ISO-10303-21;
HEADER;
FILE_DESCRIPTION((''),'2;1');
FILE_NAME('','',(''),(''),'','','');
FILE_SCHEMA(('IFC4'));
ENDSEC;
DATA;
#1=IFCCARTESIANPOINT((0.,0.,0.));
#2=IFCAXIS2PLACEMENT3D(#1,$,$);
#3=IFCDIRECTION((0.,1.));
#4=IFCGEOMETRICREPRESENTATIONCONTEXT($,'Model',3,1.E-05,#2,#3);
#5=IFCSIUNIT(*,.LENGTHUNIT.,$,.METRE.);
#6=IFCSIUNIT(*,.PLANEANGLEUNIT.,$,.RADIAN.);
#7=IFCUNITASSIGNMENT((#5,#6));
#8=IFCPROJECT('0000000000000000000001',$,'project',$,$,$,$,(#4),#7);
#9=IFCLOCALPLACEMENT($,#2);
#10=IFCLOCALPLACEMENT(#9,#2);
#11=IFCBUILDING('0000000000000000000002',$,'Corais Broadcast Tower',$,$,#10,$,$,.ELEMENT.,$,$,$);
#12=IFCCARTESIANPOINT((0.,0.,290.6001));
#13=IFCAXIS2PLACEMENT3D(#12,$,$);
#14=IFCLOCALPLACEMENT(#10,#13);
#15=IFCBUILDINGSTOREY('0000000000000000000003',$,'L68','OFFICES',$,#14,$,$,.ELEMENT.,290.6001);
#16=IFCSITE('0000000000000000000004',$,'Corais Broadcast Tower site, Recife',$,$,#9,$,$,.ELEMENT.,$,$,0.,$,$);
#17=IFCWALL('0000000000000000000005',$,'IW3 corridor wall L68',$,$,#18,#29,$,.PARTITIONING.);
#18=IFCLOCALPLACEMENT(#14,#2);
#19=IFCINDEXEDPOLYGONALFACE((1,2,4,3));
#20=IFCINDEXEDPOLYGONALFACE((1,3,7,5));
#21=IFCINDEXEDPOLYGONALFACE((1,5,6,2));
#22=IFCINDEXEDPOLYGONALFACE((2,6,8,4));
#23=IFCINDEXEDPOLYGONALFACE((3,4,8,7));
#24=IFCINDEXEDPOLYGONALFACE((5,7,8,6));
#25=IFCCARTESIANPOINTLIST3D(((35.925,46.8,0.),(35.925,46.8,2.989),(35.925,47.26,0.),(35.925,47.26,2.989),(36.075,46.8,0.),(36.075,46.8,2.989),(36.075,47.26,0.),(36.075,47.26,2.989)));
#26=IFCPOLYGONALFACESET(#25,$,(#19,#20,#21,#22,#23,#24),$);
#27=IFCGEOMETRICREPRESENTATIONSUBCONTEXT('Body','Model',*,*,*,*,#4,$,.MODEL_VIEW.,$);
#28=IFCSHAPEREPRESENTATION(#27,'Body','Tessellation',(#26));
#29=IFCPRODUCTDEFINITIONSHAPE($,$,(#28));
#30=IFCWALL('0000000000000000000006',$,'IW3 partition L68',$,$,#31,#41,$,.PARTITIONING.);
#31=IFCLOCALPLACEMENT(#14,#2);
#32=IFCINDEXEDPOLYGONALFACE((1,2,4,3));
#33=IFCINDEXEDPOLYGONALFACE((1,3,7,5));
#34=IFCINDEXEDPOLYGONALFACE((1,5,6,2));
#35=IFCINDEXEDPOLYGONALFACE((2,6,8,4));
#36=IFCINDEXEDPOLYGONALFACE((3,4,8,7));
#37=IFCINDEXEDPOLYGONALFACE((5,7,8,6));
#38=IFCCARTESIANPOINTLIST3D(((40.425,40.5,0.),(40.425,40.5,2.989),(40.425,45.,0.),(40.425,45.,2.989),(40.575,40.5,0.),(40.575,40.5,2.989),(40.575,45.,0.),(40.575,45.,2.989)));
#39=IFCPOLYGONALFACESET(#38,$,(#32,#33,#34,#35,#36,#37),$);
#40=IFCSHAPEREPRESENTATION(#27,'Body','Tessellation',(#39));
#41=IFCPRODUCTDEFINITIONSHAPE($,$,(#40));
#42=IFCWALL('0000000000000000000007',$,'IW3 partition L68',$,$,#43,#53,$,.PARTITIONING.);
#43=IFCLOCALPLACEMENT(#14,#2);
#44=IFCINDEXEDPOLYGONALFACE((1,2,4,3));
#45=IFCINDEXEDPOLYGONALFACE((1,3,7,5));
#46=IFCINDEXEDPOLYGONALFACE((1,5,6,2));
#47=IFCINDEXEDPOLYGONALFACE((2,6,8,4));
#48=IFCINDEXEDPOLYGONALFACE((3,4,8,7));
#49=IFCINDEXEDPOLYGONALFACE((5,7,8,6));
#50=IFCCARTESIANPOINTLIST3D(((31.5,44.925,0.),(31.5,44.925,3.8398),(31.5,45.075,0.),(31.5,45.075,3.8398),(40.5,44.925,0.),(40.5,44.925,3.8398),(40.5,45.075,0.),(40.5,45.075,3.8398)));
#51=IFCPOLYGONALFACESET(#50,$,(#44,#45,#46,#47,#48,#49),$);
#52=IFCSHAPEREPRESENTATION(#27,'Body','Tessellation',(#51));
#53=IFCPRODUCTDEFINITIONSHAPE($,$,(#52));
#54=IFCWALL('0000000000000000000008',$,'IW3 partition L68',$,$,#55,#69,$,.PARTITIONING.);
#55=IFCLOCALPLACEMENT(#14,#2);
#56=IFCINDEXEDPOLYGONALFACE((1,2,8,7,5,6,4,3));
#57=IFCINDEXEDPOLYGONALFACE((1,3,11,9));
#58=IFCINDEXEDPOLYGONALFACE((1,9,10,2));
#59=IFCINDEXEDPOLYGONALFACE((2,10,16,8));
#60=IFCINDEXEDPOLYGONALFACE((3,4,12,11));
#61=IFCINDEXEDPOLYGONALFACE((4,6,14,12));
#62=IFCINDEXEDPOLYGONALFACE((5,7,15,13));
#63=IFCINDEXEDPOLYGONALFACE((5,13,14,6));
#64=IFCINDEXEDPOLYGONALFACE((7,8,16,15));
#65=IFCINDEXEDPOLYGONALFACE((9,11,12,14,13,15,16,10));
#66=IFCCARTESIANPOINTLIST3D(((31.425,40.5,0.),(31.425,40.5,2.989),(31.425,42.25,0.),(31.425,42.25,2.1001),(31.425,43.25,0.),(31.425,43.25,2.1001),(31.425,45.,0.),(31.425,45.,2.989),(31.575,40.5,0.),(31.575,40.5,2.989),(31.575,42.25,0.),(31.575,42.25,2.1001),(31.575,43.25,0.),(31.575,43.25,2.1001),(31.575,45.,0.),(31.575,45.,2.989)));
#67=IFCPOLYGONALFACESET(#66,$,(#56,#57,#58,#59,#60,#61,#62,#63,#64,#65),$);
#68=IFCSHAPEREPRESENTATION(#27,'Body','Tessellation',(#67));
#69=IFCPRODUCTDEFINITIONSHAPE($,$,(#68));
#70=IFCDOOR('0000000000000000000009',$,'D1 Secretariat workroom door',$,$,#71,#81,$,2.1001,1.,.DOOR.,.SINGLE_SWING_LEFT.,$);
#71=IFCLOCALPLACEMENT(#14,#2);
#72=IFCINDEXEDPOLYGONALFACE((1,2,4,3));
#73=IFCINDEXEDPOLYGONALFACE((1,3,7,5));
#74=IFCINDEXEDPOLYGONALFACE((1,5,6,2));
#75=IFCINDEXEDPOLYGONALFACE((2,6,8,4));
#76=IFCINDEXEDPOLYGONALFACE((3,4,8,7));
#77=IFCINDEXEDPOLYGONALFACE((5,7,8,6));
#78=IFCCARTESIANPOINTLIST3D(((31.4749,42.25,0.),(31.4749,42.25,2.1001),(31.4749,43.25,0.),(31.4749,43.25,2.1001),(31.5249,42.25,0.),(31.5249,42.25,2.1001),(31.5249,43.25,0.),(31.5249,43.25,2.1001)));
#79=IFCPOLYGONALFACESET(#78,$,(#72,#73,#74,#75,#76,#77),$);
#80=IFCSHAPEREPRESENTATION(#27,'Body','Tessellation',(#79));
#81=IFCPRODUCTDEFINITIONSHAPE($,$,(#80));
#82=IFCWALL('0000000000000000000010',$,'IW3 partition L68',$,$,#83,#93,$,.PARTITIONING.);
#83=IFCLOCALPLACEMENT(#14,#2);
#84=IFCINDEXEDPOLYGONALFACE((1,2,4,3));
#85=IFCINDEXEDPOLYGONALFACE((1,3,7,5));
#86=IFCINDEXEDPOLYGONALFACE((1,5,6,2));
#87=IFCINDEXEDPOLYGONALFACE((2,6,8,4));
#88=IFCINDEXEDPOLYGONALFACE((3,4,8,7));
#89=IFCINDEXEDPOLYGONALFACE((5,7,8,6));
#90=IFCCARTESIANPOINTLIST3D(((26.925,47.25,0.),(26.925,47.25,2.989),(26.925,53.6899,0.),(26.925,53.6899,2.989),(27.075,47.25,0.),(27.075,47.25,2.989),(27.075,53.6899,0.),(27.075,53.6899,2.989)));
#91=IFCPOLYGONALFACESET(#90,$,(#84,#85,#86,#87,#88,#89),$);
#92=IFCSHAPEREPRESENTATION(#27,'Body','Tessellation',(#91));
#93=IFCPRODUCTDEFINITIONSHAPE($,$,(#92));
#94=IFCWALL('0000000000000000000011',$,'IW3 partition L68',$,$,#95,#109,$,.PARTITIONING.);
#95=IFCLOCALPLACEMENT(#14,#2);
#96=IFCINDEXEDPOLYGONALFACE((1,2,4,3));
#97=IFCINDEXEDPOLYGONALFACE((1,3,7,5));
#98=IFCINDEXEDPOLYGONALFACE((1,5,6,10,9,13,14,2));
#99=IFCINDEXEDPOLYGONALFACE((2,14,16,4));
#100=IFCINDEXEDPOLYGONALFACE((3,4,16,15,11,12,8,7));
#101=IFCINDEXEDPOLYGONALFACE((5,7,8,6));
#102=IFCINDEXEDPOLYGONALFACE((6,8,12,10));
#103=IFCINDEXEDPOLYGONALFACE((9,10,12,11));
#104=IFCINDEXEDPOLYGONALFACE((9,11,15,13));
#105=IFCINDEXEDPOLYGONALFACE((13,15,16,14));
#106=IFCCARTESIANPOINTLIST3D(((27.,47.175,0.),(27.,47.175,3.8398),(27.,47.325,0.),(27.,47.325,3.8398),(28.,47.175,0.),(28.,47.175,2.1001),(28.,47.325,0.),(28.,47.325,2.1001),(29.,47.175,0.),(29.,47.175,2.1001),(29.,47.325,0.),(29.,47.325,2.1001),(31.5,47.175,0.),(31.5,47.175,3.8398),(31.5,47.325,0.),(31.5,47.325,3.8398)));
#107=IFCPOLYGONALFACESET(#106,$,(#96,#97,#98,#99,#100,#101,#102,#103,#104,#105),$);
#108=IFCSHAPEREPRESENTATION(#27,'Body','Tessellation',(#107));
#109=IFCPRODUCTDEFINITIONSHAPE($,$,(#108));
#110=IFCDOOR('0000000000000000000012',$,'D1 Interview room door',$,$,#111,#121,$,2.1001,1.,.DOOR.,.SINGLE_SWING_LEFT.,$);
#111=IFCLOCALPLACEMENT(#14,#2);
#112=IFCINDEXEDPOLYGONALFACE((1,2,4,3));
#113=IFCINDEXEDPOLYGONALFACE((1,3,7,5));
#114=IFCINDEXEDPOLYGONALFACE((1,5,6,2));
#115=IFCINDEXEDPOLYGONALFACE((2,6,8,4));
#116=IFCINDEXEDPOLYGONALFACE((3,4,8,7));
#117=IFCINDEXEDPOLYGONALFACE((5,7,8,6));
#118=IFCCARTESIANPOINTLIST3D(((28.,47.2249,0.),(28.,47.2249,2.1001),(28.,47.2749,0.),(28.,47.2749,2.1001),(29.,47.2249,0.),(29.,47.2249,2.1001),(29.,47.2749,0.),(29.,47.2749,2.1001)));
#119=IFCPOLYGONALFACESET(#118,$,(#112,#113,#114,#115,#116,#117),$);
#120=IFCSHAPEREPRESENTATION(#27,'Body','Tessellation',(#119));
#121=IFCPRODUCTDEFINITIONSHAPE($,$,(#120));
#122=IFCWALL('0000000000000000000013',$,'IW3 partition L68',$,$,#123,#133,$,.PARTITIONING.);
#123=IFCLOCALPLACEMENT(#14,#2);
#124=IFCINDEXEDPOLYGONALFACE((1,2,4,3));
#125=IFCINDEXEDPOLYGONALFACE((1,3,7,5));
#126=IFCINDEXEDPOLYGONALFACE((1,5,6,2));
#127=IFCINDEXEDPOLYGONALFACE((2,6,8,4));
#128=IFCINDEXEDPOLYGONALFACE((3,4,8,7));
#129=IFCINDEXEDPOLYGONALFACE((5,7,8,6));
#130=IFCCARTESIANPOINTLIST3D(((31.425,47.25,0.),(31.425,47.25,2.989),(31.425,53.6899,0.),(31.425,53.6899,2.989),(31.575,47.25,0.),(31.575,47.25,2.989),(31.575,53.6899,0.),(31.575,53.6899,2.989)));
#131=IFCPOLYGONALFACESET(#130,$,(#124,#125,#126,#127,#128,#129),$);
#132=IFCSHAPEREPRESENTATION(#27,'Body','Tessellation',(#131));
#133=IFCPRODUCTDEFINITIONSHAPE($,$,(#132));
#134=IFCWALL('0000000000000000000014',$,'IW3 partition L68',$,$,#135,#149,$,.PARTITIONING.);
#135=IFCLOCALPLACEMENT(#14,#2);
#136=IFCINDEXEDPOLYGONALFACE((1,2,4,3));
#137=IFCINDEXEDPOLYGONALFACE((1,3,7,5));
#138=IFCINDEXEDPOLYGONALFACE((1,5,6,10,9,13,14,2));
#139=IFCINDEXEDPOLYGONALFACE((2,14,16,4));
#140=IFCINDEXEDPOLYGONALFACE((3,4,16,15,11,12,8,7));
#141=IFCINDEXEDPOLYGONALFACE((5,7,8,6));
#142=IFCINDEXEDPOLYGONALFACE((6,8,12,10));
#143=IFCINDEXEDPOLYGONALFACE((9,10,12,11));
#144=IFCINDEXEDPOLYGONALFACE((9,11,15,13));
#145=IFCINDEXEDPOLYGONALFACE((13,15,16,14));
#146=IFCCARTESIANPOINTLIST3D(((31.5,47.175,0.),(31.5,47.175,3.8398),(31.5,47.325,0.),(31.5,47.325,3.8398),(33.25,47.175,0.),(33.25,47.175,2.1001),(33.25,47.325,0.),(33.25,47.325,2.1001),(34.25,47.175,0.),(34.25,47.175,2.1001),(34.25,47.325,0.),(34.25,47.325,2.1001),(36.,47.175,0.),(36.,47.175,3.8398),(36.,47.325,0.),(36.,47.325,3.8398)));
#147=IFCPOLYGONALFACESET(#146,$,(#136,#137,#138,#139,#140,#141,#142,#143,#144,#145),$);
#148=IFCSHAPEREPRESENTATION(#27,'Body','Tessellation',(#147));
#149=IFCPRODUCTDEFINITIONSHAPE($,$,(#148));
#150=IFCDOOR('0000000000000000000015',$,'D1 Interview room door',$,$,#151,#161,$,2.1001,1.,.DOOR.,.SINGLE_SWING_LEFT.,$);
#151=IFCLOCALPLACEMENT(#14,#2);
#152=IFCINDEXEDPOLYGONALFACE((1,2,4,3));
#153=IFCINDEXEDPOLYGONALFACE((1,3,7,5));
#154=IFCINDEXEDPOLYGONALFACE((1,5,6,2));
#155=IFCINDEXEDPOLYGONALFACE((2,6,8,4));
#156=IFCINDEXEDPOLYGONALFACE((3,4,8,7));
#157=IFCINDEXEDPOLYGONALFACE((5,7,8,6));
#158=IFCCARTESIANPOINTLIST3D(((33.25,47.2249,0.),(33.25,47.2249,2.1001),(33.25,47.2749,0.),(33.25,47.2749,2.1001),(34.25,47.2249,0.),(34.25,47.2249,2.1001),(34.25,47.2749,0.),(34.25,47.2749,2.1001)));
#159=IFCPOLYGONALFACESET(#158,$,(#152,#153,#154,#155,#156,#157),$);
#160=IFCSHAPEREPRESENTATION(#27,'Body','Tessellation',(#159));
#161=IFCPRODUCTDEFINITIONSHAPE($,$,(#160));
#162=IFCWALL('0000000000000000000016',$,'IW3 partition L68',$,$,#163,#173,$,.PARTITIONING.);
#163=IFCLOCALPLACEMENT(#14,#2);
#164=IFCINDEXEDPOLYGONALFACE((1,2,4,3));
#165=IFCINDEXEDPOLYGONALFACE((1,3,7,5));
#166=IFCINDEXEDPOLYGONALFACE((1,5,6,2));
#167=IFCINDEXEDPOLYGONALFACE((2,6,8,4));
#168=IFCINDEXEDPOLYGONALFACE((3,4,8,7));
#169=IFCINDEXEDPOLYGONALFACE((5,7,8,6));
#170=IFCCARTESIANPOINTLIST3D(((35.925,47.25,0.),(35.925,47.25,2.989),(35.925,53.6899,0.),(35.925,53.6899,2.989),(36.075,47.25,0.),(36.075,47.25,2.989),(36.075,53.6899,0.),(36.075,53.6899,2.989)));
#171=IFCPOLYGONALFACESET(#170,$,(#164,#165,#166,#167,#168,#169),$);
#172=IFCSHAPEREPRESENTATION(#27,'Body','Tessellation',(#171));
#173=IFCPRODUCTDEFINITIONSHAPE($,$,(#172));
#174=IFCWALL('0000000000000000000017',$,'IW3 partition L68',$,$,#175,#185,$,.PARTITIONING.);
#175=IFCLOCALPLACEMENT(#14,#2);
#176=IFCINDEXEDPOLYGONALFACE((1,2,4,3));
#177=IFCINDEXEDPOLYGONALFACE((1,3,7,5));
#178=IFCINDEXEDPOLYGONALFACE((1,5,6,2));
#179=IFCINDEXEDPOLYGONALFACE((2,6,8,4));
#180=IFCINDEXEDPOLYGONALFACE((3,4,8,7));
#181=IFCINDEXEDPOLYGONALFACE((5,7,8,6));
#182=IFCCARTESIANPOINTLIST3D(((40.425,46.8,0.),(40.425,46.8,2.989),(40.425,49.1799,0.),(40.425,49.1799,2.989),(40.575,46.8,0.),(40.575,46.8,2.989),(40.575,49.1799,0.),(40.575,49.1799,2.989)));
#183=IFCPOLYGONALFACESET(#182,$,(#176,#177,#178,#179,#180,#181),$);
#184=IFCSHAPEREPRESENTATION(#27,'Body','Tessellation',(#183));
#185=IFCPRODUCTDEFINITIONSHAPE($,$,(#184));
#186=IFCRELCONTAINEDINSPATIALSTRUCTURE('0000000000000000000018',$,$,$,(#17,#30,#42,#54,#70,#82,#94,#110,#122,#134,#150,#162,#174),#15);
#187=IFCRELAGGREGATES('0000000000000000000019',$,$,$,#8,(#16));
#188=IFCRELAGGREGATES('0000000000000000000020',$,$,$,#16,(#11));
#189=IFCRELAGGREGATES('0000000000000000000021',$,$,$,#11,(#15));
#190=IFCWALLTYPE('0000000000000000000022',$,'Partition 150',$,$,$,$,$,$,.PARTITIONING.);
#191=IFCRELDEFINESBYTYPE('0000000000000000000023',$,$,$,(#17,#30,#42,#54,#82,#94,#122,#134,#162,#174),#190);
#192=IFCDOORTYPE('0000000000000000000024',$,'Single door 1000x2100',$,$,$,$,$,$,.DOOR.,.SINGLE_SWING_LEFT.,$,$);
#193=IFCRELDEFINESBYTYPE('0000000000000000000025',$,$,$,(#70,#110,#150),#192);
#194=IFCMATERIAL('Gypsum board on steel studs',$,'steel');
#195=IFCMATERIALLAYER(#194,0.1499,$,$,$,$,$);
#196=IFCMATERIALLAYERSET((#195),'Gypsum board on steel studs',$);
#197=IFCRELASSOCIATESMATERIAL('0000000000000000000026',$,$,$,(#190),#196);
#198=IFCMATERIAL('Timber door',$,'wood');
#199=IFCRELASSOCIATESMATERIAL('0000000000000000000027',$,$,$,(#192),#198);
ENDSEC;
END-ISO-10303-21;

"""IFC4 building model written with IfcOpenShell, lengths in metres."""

from ifc_helpers import new_model, si_unit, direction, frame, frame_2d, origin, place, context, subcontext, project, spatial, rectangle, extrude, material, layer, layer_set, type_object, element, fill, save


model = new_model("IFC4")

# Units and contexts
model_context = context("Model", 3, precision=1e-05, world=origin(), true_north=direction((0.0, 1.0)))
body_context = subcontext(model_context, "Body", "Model", "MODEL_VIEW")
ifc_project = project(units=[si_unit("LENGTHUNIT", "METRE"), si_unit("PLANEANGLEUNIT", "RADIAN")], contexts=[model_context])

# Site, building, storey
site_placement = place(None, origin())
site = spatial("IfcSite", under=ifc_project, at=site_placement, Name="Corais Broadcast Tower site, Recife", CompositionType="ELEMENT", RefElevation=0.0)
building_placement = place(site_placement, origin())
building = spatial("IfcBuilding", under=site, at=building_placement, Name="Corais Broadcast Tower", CompositionType="ELEMENT")
storey_placement = place(building_placement, frame((0.0, 0.0, 290.6001)))
storey = spatial("IfcBuildingStorey", under=building, at=storey_placement, Name="L68", Description="OFFICES", CompositionType="ELEMENT", Elevation=290.6001)

# Shared definitions
ifc_material_1 = material(Name="Gypsum board on steel studs", Category="steel")
ifc_layer_1 = layer(ifc_material_1, 0.1499)
ifc_layer_set_1 = layer_set([ifc_layer_1], Name="Gypsum board on steel studs")
wall_type_1 = type_object("IfcWallType", Name="Partition 150", PredefinedType="PARTITIONING", material=ifc_layer_set_1)
ifc_material_2 = material(Name="Timber door", Category="wood")
door_type = type_object("IfcDoorType", Name="Single door 1000x2100", OperationType="SINGLE_SWING_LEFT", PredefinedType="DOOR", material=ifc_material_2)

# Walls
wall_1_placement = place(storey_placement, frame((36.0, 46.8, 0.0), z_axis=(0.0, 0.0, 1.0), x_axis=(0.0, 1.0, 0.0)))
element("IfcWall", 1, at=wall_1_placement, inside=storey, type_object=wall_type_1, Name="IW3 corridor wall L68", PredefinedType="PARTITIONING", context=body_context, shape_type="SweptSolid", body=[
    extrude(rectangle(XDim=0.46, YDim=0.1499, at=frame_2d((0.23, 0.0))), origin(), (0.0, 0.0, 1.0), 2.989),
])
wall_2_placement = place(storey_placement, frame((40.5, 40.5, 0.0), z_axis=(0.0, 0.0, 1.0), x_axis=(0.0, 1.0, 0.0)))
element("IfcWall", 2, at=wall_2_placement, inside=storey, type_object=wall_type_1, Name="IW3 partition L68", PredefinedType="PARTITIONING", context=body_context, shape_type="SweptSolid", body=[
    extrude(rectangle(XDim=4.5, YDim=0.1499, at=frame_2d((2.25, 0.0))), origin(), (0.0, 0.0, 1.0), 2.989),
])
wall_3_placement = place(storey_placement, frame((40.5, 45.0, 0.0), z_axis=(0.0, 0.0, 1.0), x_axis=(-1.0, 0.0, 0.0)))
element("IfcWall", 3, at=wall_3_placement, inside=storey, type_object=wall_type_1, Name="IW3 partition L68", PredefinedType="PARTITIONING", context=body_context, shape_type="SweptSolid", body=[
    extrude(rectangle(XDim=9.0, YDim=0.1499, at=frame_2d((4.5, 0.0))), origin(), (0.0, 0.0, 1.0), 3.8398),
])

# Wall, opening, door
wall_4_placement = place(storey_placement, frame((31.5, 45.0, 0.0), z_axis=(0.0, 0.0, 1.0), x_axis=(0.0, -1.0, 0.0)))
wall_4 = element("IfcWall", 4, at=wall_4_placement, inside=storey, type_object=wall_type_1, Name="IW3 partition L68", PredefinedType="PARTITIONING", context=body_context, shape_type="SweptSolid", body=[
    extrude(rectangle(XDim=4.5, YDim=0.1499, at=frame_2d((2.25, 0.0))), origin(), (0.0, 0.0, 1.0), 2.989),
])
opening_1_placement = place(wall_4_placement, frame((1.75, 0.0, 0.0)))
opening_1 = element("IfcOpeningElement", 5, at=opening_1_placement, cuts=wall_4, PredefinedType="OPENING", context=body_context, shape_type="SweptSolid", body=[
    extrude(rectangle(XDim=1.0, YDim=2.1001, at=frame_2d((0.5, 1.05))), frame((0.0, 0.085, 0.0), z_axis=(0.0, -1.0, 0.0), x_axis=(1.0, 0.0, 0.0)), (0.0, 0.0, 1.0), 0.1699),
])
door_1_placement = place(opening_1_placement, origin())
door_1 = element("IfcDoor", 6, at=door_1_placement, inside=storey, type_object=door_type, Name="D1 Secretariat workroom door", OperationType="SINGLE_SWING_LEFT", OverallHeight=2.1001, OverallWidth=1.0, PredefinedType="DOOR", context=body_context, shape_type="SweptSolid", body=[
    extrude(rectangle(XDim=1.0, YDim=2.1001, at=frame_2d((0.5, 1.05))), frame((0.0, 0.0249, 0.0), z_axis=(0.0, -1.0, 0.0), x_axis=(1.0, 0.0, 0.0)), (0.0, 0.0, 1.0), 0.05),
])
fill(opening_1, door_1)

# Wall
wall_5_placement = place(storey_placement, frame((27.0, 47.25, 0.0), z_axis=(0.0, 0.0, 1.0), x_axis=(0.0, 1.0, 0.0)))
element("IfcWall", 7, at=wall_5_placement, inside=storey, type_object=wall_type_1, Name="IW3 partition L68", PredefinedType="PARTITIONING", context=body_context, shape_type="SweptSolid", body=[
    extrude(rectangle(XDim=6.4399, YDim=0.1499, at=frame_2d((3.22, 0.0))), origin(), (0.0, 0.0, 1.0), 2.989),
])

# Wall, opening, door
wall_6_placement = place(storey_placement, frame((27.0, 47.25, 0.0), z_axis=(0.0, 0.0, 1.0), x_axis=(1.0, 0.0, 0.0)))
wall_6 = element("IfcWall", 8, at=wall_6_placement, inside=storey, type_object=wall_type_1, Name="IW3 partition L68", PredefinedType="PARTITIONING", context=body_context, shape_type="SweptSolid", body=[
    extrude(rectangle(XDim=4.5, YDim=0.1499, at=frame_2d((2.25, 0.0))), origin(), (0.0, 0.0, 1.0), 3.8398),
])
opening_2_placement = place(wall_6_placement, frame((1.0, 0.0, 0.0)))
opening_2 = element("IfcOpeningElement", 9, at=opening_2_placement, cuts=wall_6, PredefinedType="OPENING", context=body_context, shape_type="SweptSolid", body=[
    extrude(rectangle(XDim=1.0, YDim=2.1001, at=frame_2d((0.5, 1.05))), frame((0.0, 0.085, 0.0), z_axis=(0.0, -1.0, 0.0), x_axis=(1.0, 0.0, 0.0)), (0.0, 0.0, 1.0), 0.1699),
])
door_2_placement = place(opening_2_placement, origin())
door_2 = element("IfcDoor", 10, at=door_2_placement, inside=storey, type_object=door_type, Name="D1 Interview room door", OperationType="SINGLE_SWING_LEFT", OverallHeight=2.1001, OverallWidth=1.0, PredefinedType="DOOR", context=body_context, shape_type="SweptSolid", body=[
    extrude(rectangle(XDim=1.0, YDim=2.1001, at=frame_2d((0.5, 1.05))), frame((0.0, 0.0249, 0.0), z_axis=(0.0, -1.0, 0.0), x_axis=(1.0, 0.0, 0.0)), (0.0, 0.0, 1.0), 0.05),
])
fill(opening_2, door_2)

# Wall
wall_7_placement = place(storey_placement, frame((31.5, 47.25, 0.0), z_axis=(0.0, 0.0, 1.0), x_axis=(0.0, 1.0, 0.0)))
element("IfcWall", 11, at=wall_7_placement, inside=storey, type_object=wall_type_1, Name="IW3 partition L68", PredefinedType="PARTITIONING", context=body_context, shape_type="SweptSolid", body=[
    extrude(rectangle(XDim=6.4399, YDim=0.1499, at=frame_2d((3.22, 0.0))), origin(), (0.0, 0.0, 1.0), 2.989),
])

# Wall, opening, door
wall_8_placement = place(storey_placement, frame((31.5, 47.25, 0.0), z_axis=(0.0, 0.0, 1.0), x_axis=(1.0, 0.0, 0.0)))
wall_8 = element("IfcWall", 12, at=wall_8_placement, inside=storey, type_object=wall_type_1, Name="IW3 partition L68", PredefinedType="PARTITIONING", context=body_context, shape_type="SweptSolid", body=[
    extrude(rectangle(XDim=4.5, YDim=0.1499, at=frame_2d((2.25, 0.0))), origin(), (0.0, 0.0, 1.0), 3.8398),
])
opening_3_placement = place(wall_8_placement, frame((1.75, 0.0, 0.0)))
opening_3 = element("IfcOpeningElement", 13, at=opening_3_placement, cuts=wall_8, PredefinedType="OPENING", context=body_context, shape_type="SweptSolid", body=[
    extrude(rectangle(XDim=1.0, YDim=2.1001, at=frame_2d((0.5, 1.05))), frame((0.0, 0.085, 0.0), z_axis=(0.0, -1.0, 0.0), x_axis=(1.0, 0.0, 0.0)), (0.0, 0.0, 1.0), 0.1699),
])
door_3_placement = place(opening_3_placement, origin())
door_3 = element("IfcDoor", 14, at=door_3_placement, inside=storey, type_object=door_type, Name="D1 Interview room door", OperationType="SINGLE_SWING_LEFT", OverallHeight=2.1001, OverallWidth=1.0, PredefinedType="DOOR", context=body_context, shape_type="SweptSolid", body=[
    extrude(rectangle(XDim=1.0, YDim=2.1001, at=frame_2d((0.5, 1.05))), frame((0.0, 0.0249, 0.0), z_axis=(0.0, -1.0, 0.0), x_axis=(1.0, 0.0, 0.0)), (0.0, 0.0, 1.0), 0.05),
])
fill(opening_3, door_3)

# Walls
wall_9_placement = place(storey_placement, frame((36.0, 47.25, 0.0), z_axis=(0.0, 0.0, 1.0), x_axis=(0.0, 1.0, 0.0)))
element("IfcWall", 15, at=wall_9_placement, inside=storey, type_object=wall_type_1, Name="IW3 partition L68", PredefinedType="PARTITIONING", context=body_context, shape_type="SweptSolid", body=[
    extrude(rectangle(XDim=6.4399, YDim=0.1499, at=frame_2d((3.22, 0.0))), origin(), (0.0, 0.0, 1.0), 2.989),
])
wall_10_placement = place(storey_placement, frame((40.5, 49.1799, 0.0), z_axis=(0.0, 0.0, 1.0), x_axis=(0.0, -1.0, 0.0)))
element("IfcWall", 16, at=wall_10_placement, inside=storey, type_object=wall_type_1, Name="IW3 partition L68", PredefinedType="PARTITIONING", context=body_context, shape_type="SweptSolid", body=[
    extrude(rectangle(XDim=2.3799, YDim=0.1499, at=frame_2d((1.1899, 0.0))), origin(), (0.0, 0.0, 1.0), 2.989),
])

save(model, "model.ifc")
